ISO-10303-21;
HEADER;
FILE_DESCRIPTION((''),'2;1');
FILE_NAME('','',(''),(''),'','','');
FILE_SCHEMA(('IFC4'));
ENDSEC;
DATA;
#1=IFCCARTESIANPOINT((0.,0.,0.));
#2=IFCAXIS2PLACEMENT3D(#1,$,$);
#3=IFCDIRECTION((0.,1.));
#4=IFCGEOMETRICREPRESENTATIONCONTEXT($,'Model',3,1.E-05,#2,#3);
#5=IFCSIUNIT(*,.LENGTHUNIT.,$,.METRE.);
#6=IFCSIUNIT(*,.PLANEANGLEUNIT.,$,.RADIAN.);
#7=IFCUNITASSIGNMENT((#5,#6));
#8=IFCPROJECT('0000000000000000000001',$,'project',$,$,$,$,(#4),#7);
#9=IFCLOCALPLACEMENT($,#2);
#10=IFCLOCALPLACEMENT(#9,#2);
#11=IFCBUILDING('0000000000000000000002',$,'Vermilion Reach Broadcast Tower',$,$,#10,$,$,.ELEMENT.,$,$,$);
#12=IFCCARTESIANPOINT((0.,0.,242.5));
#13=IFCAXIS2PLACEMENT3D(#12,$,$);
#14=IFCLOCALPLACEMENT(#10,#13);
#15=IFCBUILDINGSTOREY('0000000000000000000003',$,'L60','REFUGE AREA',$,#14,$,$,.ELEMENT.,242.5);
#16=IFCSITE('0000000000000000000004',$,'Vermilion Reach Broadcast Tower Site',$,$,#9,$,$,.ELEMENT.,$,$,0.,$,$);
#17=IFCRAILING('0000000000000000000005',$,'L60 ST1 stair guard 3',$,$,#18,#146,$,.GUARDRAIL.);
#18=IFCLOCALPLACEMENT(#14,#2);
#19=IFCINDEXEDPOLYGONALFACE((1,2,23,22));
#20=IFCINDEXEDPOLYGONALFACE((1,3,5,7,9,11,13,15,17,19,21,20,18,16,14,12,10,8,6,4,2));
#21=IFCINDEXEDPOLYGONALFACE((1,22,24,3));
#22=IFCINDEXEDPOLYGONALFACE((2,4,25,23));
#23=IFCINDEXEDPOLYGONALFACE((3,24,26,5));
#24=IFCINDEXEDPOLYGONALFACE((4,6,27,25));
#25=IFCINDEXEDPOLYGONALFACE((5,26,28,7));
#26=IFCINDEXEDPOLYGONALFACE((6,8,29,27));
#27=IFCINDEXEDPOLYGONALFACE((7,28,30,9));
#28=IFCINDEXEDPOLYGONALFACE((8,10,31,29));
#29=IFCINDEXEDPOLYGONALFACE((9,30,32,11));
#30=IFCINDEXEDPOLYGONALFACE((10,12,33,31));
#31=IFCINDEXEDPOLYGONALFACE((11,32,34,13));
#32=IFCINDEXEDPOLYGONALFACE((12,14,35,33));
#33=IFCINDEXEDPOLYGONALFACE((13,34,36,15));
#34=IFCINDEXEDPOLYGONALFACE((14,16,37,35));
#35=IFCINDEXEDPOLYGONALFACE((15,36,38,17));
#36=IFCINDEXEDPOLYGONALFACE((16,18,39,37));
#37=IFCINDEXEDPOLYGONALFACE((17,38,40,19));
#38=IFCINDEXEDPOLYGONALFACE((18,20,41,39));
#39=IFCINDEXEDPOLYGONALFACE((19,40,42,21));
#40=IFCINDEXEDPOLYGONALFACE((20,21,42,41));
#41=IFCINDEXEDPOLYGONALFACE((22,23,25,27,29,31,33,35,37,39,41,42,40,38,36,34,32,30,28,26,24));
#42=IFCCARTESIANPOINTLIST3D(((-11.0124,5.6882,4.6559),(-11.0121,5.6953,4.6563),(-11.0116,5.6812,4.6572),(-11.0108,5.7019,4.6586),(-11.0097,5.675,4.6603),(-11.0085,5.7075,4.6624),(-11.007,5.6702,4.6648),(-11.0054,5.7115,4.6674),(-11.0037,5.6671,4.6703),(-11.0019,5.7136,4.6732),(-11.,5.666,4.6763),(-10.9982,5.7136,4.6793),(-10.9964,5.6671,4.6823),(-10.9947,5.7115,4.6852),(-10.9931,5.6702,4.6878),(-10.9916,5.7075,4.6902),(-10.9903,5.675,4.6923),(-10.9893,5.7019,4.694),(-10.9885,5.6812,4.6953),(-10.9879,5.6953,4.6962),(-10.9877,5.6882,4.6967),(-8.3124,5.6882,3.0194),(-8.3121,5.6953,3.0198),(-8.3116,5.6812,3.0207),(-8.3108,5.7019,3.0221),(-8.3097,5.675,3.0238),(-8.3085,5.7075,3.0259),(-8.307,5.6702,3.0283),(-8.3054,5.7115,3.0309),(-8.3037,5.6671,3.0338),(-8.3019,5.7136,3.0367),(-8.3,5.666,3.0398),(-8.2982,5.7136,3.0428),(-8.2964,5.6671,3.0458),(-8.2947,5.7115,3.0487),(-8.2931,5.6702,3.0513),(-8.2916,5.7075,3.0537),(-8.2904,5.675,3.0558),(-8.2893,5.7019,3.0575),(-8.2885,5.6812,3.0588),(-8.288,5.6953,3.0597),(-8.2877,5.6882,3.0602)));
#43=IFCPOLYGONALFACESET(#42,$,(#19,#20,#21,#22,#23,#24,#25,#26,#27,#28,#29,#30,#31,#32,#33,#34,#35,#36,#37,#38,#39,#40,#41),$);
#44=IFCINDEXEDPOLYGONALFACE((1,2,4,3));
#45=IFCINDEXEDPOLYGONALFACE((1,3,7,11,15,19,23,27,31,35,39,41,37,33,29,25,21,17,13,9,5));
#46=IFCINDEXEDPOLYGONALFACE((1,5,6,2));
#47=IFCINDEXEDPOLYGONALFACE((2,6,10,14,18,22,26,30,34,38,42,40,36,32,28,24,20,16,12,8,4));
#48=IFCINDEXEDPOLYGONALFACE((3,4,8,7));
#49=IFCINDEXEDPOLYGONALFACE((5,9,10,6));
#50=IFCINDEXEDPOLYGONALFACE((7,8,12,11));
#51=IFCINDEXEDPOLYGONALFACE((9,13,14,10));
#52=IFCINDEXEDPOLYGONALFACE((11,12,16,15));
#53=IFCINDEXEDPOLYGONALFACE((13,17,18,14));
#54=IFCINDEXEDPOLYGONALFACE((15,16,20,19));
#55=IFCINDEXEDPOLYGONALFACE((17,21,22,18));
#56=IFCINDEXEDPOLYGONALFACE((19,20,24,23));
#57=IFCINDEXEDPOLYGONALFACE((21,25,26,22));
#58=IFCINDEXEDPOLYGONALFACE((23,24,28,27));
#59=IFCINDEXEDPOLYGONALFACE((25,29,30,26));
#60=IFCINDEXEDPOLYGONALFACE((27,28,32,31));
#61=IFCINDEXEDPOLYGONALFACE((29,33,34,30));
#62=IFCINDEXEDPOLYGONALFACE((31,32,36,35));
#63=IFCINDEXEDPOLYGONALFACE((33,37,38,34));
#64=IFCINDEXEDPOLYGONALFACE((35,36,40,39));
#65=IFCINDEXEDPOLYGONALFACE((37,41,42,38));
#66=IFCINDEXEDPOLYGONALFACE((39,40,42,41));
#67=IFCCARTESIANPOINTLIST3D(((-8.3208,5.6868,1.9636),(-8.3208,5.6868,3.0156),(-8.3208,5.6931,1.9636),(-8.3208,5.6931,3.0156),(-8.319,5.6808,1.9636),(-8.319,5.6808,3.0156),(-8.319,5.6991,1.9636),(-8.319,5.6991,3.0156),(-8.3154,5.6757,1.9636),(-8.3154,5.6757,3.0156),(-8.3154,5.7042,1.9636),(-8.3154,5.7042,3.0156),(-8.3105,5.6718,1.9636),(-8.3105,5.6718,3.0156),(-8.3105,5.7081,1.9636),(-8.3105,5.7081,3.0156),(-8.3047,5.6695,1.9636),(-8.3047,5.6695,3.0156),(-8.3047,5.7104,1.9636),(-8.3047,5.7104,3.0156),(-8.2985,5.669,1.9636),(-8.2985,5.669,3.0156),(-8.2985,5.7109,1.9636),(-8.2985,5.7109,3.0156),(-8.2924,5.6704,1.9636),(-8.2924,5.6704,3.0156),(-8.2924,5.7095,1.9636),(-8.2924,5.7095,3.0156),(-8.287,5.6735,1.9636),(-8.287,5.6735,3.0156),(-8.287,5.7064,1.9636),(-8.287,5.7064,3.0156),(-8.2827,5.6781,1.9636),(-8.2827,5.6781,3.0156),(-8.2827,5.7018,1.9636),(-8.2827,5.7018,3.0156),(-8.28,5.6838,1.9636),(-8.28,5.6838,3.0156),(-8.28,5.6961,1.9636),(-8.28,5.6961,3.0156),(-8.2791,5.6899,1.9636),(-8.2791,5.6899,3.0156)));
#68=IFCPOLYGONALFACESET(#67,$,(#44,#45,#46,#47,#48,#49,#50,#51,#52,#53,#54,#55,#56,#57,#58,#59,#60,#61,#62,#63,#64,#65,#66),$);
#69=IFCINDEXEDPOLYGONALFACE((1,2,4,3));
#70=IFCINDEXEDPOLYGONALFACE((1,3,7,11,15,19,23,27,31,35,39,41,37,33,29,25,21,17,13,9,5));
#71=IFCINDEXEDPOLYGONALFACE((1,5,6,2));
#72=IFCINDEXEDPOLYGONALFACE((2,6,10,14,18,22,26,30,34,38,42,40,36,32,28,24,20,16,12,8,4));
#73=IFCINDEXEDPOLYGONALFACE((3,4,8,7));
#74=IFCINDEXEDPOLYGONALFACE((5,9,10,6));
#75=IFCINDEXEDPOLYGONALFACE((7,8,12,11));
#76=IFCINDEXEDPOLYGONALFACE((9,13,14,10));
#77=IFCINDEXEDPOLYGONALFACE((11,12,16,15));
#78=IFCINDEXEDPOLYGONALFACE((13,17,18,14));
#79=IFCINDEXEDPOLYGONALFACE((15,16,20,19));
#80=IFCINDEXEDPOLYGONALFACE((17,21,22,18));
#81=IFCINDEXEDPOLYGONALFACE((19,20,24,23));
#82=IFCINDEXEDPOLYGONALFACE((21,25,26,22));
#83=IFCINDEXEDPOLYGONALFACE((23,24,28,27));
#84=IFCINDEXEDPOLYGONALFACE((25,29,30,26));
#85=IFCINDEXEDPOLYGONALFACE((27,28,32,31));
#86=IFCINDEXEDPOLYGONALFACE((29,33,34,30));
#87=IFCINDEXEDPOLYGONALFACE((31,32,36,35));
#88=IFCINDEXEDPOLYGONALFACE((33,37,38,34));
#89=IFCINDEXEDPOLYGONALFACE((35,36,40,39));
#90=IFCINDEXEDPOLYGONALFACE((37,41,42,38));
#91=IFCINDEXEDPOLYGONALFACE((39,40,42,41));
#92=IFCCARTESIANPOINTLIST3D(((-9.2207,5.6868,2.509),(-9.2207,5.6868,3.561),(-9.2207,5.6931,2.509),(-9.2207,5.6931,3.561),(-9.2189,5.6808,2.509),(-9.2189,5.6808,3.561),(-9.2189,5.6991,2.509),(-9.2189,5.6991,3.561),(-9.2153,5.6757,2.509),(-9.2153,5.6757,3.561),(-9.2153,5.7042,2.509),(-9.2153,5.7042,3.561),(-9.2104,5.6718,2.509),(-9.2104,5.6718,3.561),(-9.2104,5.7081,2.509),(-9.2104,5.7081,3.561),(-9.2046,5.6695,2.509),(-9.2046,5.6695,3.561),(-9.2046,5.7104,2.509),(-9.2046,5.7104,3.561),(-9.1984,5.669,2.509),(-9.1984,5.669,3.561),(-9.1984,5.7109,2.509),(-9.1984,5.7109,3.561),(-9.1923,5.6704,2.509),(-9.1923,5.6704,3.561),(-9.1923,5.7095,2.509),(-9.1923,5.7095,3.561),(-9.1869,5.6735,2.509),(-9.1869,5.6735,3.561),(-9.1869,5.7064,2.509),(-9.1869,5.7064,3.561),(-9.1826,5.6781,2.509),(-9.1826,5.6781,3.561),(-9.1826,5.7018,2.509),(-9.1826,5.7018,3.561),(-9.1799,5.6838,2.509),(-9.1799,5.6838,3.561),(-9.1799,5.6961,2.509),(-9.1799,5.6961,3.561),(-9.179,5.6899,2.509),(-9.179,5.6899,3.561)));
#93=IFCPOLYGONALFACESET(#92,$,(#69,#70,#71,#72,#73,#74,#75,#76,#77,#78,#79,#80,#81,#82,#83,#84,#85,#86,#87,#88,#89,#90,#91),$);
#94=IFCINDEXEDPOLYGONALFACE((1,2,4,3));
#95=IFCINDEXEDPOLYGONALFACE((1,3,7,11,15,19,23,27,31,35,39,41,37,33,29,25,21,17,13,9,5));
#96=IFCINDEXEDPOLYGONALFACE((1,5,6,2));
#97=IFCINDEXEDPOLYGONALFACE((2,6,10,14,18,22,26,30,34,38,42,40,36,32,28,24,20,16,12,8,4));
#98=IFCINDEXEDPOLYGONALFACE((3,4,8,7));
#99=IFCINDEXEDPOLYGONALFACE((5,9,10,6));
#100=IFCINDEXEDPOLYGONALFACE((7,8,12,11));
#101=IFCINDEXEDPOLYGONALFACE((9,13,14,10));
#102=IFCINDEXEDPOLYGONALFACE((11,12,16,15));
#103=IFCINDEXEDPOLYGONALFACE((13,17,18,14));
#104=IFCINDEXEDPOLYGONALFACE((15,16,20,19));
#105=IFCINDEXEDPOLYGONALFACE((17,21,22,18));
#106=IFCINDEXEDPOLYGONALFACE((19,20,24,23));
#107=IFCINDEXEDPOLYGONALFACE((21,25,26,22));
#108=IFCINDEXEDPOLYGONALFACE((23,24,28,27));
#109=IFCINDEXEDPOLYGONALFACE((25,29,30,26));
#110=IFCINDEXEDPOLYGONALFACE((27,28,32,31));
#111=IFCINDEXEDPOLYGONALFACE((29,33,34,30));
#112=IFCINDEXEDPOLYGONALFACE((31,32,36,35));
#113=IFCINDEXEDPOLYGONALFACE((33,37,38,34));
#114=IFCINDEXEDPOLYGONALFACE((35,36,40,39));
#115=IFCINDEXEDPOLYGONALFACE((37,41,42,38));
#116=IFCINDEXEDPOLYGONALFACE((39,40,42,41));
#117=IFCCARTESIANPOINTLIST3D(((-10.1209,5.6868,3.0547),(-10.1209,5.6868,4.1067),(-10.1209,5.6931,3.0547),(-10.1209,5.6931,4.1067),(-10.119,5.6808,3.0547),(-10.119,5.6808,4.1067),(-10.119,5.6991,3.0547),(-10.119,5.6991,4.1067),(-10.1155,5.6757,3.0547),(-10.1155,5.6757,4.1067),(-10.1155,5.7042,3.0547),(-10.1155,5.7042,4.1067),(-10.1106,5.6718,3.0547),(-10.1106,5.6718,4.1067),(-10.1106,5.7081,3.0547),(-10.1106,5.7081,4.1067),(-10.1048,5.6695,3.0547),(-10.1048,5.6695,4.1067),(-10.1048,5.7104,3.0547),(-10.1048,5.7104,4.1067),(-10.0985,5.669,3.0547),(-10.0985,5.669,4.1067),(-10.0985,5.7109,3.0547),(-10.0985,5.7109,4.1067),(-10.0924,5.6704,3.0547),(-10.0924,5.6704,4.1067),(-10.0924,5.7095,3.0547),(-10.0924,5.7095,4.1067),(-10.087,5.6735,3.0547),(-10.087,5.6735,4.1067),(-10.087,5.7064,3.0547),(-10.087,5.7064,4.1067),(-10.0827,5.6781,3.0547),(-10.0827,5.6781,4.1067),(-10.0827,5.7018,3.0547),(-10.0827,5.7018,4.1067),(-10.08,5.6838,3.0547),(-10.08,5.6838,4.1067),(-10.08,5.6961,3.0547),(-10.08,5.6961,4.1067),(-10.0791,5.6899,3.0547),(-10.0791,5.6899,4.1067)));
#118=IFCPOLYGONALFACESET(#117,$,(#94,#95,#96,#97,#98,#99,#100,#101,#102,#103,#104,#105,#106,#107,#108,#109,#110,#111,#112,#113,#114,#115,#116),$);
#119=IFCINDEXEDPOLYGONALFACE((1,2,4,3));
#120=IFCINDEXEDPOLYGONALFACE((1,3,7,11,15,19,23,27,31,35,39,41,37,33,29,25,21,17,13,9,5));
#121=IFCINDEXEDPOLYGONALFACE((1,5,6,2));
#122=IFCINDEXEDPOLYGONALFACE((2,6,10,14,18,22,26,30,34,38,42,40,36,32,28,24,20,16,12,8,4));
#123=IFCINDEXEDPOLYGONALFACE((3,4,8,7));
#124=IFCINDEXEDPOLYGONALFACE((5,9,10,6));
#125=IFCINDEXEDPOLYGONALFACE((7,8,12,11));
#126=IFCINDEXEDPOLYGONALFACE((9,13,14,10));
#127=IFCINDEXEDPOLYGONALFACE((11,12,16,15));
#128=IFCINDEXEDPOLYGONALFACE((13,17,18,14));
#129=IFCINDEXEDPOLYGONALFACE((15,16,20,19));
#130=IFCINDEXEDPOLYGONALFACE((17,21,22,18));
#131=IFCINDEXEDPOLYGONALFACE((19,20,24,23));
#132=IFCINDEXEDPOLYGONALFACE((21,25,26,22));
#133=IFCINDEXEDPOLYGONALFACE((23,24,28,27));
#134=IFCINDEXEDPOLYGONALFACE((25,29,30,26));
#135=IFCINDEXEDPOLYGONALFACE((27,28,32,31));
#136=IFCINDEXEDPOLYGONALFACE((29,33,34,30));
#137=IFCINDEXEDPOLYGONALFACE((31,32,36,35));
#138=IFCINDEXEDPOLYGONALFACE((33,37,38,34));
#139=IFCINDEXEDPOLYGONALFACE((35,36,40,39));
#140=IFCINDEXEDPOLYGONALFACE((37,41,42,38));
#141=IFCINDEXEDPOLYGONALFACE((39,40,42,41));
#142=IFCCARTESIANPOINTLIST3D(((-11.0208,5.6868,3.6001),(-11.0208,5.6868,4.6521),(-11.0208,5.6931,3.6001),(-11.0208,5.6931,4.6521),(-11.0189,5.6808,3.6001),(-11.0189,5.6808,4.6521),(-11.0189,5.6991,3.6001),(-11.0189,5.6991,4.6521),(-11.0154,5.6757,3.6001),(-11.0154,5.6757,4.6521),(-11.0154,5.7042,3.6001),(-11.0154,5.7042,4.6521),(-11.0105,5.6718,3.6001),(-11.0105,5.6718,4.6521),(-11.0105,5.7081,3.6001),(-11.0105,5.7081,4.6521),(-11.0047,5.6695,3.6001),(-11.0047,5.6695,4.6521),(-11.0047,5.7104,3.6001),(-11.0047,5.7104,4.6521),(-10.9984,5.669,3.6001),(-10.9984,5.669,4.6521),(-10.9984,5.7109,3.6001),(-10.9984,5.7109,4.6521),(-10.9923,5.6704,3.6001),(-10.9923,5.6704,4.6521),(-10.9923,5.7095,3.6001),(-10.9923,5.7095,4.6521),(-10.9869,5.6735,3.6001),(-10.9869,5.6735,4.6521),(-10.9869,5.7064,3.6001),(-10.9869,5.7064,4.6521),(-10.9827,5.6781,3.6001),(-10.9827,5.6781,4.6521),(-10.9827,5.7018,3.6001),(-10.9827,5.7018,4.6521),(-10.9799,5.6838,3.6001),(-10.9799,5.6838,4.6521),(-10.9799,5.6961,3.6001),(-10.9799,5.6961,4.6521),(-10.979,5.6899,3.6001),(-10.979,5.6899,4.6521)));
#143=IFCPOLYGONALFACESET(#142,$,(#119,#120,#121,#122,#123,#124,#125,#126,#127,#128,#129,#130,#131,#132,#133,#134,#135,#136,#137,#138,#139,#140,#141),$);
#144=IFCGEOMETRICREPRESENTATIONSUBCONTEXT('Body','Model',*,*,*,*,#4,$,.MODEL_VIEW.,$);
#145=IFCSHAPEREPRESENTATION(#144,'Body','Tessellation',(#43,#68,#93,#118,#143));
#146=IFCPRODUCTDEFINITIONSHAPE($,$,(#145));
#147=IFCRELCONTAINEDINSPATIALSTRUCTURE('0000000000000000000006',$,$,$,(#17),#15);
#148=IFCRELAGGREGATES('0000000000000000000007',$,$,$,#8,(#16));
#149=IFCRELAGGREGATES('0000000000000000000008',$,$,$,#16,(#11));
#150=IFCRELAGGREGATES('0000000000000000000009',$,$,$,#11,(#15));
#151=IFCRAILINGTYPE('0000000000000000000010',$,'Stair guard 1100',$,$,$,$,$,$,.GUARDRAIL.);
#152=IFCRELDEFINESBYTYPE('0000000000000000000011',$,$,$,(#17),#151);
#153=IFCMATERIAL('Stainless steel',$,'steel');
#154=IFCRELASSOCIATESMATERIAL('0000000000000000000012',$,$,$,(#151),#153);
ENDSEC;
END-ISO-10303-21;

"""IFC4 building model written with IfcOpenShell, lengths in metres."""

from ifc_helpers import new_model, si_unit, direction, frame, origin, origin_2d, place, context, subcontext, project, spatial, circle, extrude, material, type_object, element, save


model = new_model("IFC4")

# Units and contexts
model_context = context("Model", 3, precision=1e-05, world=origin(), true_north=direction((0.0, 1.0)))
body_context = subcontext(model_context, "Body", "Model", "MODEL_VIEW")
ifc_project = project(units=[si_unit("LENGTHUNIT", "METRE"), si_unit("PLANEANGLEUNIT", "RADIAN")], contexts=[model_context])

# Site, building, storey
site_placement = place(None, origin())
site = spatial("IfcSite", under=ifc_project, at=site_placement, Name="Vermilion Reach Broadcast Tower Site", CompositionType="ELEMENT", RefElevation=0.0)
building_placement = place(site_placement, origin())
building = spatial("IfcBuilding", under=site, at=building_placement, Name="Vermilion Reach Broadcast Tower", CompositionType="ELEMENT")
storey_placement = place(building_placement, frame((0.0, 0.0, 242.5)))
storey = spatial("IfcBuildingStorey", under=building, at=storey_placement, Name="L60", Description="REFUGE AREA", CompositionType="ELEMENT", Elevation=242.5)

# Railing
ifc_material_1 = material(Name="Stainless steel", Category="steel")
railing_type_1 = type_object("IfcRailingType", Name="Stair guard 1100", PredefinedType="GUARDRAIL", material=ifc_material_1)
railing_1_placement = place(storey_placement, frame((-8.3, 5.6899, 1.9636)))
element("IfcRailing", 1, at=railing_1_placement, inside=storey, type_object=railing_type_1, Name="L60 ST1 stair guard 3", PredefinedType="GUARDRAIL", context=body_context, shape_type="SweptSolid", body=[
    extrude(circle(Radius=0.0239, at=origin_2d()), frame((0.0, 0.0, 1.0762), z_axis=(-0.855178, 0.0, 0.518334), x_axis=(0.0, -1.0, 0.0)), (0.0, 0.0, 1.0), 3.1572),
    extrude(circle(Radius=0.021, at=origin_2d()), origin(), (0.0, 0.0, 1.0), 1.052),
    extrude(circle(Radius=0.021, at=origin_2d()), frame((-0.8999, 0.0, 0.5454)), (0.0, 0.0, 1.0), 1.052),
    extrude(circle(Radius=0.021, at=origin_2d()), frame((-1.8, 0.0, 1.0911)), (0.0, 0.0, 1.0), 1.052),
    extrude(circle(Radius=0.021, at=origin_2d()), frame((-2.7, 0.0, 1.6365)), (0.0, 0.0, 1.0), 1.052),
])

save(model, "model.ifc")
